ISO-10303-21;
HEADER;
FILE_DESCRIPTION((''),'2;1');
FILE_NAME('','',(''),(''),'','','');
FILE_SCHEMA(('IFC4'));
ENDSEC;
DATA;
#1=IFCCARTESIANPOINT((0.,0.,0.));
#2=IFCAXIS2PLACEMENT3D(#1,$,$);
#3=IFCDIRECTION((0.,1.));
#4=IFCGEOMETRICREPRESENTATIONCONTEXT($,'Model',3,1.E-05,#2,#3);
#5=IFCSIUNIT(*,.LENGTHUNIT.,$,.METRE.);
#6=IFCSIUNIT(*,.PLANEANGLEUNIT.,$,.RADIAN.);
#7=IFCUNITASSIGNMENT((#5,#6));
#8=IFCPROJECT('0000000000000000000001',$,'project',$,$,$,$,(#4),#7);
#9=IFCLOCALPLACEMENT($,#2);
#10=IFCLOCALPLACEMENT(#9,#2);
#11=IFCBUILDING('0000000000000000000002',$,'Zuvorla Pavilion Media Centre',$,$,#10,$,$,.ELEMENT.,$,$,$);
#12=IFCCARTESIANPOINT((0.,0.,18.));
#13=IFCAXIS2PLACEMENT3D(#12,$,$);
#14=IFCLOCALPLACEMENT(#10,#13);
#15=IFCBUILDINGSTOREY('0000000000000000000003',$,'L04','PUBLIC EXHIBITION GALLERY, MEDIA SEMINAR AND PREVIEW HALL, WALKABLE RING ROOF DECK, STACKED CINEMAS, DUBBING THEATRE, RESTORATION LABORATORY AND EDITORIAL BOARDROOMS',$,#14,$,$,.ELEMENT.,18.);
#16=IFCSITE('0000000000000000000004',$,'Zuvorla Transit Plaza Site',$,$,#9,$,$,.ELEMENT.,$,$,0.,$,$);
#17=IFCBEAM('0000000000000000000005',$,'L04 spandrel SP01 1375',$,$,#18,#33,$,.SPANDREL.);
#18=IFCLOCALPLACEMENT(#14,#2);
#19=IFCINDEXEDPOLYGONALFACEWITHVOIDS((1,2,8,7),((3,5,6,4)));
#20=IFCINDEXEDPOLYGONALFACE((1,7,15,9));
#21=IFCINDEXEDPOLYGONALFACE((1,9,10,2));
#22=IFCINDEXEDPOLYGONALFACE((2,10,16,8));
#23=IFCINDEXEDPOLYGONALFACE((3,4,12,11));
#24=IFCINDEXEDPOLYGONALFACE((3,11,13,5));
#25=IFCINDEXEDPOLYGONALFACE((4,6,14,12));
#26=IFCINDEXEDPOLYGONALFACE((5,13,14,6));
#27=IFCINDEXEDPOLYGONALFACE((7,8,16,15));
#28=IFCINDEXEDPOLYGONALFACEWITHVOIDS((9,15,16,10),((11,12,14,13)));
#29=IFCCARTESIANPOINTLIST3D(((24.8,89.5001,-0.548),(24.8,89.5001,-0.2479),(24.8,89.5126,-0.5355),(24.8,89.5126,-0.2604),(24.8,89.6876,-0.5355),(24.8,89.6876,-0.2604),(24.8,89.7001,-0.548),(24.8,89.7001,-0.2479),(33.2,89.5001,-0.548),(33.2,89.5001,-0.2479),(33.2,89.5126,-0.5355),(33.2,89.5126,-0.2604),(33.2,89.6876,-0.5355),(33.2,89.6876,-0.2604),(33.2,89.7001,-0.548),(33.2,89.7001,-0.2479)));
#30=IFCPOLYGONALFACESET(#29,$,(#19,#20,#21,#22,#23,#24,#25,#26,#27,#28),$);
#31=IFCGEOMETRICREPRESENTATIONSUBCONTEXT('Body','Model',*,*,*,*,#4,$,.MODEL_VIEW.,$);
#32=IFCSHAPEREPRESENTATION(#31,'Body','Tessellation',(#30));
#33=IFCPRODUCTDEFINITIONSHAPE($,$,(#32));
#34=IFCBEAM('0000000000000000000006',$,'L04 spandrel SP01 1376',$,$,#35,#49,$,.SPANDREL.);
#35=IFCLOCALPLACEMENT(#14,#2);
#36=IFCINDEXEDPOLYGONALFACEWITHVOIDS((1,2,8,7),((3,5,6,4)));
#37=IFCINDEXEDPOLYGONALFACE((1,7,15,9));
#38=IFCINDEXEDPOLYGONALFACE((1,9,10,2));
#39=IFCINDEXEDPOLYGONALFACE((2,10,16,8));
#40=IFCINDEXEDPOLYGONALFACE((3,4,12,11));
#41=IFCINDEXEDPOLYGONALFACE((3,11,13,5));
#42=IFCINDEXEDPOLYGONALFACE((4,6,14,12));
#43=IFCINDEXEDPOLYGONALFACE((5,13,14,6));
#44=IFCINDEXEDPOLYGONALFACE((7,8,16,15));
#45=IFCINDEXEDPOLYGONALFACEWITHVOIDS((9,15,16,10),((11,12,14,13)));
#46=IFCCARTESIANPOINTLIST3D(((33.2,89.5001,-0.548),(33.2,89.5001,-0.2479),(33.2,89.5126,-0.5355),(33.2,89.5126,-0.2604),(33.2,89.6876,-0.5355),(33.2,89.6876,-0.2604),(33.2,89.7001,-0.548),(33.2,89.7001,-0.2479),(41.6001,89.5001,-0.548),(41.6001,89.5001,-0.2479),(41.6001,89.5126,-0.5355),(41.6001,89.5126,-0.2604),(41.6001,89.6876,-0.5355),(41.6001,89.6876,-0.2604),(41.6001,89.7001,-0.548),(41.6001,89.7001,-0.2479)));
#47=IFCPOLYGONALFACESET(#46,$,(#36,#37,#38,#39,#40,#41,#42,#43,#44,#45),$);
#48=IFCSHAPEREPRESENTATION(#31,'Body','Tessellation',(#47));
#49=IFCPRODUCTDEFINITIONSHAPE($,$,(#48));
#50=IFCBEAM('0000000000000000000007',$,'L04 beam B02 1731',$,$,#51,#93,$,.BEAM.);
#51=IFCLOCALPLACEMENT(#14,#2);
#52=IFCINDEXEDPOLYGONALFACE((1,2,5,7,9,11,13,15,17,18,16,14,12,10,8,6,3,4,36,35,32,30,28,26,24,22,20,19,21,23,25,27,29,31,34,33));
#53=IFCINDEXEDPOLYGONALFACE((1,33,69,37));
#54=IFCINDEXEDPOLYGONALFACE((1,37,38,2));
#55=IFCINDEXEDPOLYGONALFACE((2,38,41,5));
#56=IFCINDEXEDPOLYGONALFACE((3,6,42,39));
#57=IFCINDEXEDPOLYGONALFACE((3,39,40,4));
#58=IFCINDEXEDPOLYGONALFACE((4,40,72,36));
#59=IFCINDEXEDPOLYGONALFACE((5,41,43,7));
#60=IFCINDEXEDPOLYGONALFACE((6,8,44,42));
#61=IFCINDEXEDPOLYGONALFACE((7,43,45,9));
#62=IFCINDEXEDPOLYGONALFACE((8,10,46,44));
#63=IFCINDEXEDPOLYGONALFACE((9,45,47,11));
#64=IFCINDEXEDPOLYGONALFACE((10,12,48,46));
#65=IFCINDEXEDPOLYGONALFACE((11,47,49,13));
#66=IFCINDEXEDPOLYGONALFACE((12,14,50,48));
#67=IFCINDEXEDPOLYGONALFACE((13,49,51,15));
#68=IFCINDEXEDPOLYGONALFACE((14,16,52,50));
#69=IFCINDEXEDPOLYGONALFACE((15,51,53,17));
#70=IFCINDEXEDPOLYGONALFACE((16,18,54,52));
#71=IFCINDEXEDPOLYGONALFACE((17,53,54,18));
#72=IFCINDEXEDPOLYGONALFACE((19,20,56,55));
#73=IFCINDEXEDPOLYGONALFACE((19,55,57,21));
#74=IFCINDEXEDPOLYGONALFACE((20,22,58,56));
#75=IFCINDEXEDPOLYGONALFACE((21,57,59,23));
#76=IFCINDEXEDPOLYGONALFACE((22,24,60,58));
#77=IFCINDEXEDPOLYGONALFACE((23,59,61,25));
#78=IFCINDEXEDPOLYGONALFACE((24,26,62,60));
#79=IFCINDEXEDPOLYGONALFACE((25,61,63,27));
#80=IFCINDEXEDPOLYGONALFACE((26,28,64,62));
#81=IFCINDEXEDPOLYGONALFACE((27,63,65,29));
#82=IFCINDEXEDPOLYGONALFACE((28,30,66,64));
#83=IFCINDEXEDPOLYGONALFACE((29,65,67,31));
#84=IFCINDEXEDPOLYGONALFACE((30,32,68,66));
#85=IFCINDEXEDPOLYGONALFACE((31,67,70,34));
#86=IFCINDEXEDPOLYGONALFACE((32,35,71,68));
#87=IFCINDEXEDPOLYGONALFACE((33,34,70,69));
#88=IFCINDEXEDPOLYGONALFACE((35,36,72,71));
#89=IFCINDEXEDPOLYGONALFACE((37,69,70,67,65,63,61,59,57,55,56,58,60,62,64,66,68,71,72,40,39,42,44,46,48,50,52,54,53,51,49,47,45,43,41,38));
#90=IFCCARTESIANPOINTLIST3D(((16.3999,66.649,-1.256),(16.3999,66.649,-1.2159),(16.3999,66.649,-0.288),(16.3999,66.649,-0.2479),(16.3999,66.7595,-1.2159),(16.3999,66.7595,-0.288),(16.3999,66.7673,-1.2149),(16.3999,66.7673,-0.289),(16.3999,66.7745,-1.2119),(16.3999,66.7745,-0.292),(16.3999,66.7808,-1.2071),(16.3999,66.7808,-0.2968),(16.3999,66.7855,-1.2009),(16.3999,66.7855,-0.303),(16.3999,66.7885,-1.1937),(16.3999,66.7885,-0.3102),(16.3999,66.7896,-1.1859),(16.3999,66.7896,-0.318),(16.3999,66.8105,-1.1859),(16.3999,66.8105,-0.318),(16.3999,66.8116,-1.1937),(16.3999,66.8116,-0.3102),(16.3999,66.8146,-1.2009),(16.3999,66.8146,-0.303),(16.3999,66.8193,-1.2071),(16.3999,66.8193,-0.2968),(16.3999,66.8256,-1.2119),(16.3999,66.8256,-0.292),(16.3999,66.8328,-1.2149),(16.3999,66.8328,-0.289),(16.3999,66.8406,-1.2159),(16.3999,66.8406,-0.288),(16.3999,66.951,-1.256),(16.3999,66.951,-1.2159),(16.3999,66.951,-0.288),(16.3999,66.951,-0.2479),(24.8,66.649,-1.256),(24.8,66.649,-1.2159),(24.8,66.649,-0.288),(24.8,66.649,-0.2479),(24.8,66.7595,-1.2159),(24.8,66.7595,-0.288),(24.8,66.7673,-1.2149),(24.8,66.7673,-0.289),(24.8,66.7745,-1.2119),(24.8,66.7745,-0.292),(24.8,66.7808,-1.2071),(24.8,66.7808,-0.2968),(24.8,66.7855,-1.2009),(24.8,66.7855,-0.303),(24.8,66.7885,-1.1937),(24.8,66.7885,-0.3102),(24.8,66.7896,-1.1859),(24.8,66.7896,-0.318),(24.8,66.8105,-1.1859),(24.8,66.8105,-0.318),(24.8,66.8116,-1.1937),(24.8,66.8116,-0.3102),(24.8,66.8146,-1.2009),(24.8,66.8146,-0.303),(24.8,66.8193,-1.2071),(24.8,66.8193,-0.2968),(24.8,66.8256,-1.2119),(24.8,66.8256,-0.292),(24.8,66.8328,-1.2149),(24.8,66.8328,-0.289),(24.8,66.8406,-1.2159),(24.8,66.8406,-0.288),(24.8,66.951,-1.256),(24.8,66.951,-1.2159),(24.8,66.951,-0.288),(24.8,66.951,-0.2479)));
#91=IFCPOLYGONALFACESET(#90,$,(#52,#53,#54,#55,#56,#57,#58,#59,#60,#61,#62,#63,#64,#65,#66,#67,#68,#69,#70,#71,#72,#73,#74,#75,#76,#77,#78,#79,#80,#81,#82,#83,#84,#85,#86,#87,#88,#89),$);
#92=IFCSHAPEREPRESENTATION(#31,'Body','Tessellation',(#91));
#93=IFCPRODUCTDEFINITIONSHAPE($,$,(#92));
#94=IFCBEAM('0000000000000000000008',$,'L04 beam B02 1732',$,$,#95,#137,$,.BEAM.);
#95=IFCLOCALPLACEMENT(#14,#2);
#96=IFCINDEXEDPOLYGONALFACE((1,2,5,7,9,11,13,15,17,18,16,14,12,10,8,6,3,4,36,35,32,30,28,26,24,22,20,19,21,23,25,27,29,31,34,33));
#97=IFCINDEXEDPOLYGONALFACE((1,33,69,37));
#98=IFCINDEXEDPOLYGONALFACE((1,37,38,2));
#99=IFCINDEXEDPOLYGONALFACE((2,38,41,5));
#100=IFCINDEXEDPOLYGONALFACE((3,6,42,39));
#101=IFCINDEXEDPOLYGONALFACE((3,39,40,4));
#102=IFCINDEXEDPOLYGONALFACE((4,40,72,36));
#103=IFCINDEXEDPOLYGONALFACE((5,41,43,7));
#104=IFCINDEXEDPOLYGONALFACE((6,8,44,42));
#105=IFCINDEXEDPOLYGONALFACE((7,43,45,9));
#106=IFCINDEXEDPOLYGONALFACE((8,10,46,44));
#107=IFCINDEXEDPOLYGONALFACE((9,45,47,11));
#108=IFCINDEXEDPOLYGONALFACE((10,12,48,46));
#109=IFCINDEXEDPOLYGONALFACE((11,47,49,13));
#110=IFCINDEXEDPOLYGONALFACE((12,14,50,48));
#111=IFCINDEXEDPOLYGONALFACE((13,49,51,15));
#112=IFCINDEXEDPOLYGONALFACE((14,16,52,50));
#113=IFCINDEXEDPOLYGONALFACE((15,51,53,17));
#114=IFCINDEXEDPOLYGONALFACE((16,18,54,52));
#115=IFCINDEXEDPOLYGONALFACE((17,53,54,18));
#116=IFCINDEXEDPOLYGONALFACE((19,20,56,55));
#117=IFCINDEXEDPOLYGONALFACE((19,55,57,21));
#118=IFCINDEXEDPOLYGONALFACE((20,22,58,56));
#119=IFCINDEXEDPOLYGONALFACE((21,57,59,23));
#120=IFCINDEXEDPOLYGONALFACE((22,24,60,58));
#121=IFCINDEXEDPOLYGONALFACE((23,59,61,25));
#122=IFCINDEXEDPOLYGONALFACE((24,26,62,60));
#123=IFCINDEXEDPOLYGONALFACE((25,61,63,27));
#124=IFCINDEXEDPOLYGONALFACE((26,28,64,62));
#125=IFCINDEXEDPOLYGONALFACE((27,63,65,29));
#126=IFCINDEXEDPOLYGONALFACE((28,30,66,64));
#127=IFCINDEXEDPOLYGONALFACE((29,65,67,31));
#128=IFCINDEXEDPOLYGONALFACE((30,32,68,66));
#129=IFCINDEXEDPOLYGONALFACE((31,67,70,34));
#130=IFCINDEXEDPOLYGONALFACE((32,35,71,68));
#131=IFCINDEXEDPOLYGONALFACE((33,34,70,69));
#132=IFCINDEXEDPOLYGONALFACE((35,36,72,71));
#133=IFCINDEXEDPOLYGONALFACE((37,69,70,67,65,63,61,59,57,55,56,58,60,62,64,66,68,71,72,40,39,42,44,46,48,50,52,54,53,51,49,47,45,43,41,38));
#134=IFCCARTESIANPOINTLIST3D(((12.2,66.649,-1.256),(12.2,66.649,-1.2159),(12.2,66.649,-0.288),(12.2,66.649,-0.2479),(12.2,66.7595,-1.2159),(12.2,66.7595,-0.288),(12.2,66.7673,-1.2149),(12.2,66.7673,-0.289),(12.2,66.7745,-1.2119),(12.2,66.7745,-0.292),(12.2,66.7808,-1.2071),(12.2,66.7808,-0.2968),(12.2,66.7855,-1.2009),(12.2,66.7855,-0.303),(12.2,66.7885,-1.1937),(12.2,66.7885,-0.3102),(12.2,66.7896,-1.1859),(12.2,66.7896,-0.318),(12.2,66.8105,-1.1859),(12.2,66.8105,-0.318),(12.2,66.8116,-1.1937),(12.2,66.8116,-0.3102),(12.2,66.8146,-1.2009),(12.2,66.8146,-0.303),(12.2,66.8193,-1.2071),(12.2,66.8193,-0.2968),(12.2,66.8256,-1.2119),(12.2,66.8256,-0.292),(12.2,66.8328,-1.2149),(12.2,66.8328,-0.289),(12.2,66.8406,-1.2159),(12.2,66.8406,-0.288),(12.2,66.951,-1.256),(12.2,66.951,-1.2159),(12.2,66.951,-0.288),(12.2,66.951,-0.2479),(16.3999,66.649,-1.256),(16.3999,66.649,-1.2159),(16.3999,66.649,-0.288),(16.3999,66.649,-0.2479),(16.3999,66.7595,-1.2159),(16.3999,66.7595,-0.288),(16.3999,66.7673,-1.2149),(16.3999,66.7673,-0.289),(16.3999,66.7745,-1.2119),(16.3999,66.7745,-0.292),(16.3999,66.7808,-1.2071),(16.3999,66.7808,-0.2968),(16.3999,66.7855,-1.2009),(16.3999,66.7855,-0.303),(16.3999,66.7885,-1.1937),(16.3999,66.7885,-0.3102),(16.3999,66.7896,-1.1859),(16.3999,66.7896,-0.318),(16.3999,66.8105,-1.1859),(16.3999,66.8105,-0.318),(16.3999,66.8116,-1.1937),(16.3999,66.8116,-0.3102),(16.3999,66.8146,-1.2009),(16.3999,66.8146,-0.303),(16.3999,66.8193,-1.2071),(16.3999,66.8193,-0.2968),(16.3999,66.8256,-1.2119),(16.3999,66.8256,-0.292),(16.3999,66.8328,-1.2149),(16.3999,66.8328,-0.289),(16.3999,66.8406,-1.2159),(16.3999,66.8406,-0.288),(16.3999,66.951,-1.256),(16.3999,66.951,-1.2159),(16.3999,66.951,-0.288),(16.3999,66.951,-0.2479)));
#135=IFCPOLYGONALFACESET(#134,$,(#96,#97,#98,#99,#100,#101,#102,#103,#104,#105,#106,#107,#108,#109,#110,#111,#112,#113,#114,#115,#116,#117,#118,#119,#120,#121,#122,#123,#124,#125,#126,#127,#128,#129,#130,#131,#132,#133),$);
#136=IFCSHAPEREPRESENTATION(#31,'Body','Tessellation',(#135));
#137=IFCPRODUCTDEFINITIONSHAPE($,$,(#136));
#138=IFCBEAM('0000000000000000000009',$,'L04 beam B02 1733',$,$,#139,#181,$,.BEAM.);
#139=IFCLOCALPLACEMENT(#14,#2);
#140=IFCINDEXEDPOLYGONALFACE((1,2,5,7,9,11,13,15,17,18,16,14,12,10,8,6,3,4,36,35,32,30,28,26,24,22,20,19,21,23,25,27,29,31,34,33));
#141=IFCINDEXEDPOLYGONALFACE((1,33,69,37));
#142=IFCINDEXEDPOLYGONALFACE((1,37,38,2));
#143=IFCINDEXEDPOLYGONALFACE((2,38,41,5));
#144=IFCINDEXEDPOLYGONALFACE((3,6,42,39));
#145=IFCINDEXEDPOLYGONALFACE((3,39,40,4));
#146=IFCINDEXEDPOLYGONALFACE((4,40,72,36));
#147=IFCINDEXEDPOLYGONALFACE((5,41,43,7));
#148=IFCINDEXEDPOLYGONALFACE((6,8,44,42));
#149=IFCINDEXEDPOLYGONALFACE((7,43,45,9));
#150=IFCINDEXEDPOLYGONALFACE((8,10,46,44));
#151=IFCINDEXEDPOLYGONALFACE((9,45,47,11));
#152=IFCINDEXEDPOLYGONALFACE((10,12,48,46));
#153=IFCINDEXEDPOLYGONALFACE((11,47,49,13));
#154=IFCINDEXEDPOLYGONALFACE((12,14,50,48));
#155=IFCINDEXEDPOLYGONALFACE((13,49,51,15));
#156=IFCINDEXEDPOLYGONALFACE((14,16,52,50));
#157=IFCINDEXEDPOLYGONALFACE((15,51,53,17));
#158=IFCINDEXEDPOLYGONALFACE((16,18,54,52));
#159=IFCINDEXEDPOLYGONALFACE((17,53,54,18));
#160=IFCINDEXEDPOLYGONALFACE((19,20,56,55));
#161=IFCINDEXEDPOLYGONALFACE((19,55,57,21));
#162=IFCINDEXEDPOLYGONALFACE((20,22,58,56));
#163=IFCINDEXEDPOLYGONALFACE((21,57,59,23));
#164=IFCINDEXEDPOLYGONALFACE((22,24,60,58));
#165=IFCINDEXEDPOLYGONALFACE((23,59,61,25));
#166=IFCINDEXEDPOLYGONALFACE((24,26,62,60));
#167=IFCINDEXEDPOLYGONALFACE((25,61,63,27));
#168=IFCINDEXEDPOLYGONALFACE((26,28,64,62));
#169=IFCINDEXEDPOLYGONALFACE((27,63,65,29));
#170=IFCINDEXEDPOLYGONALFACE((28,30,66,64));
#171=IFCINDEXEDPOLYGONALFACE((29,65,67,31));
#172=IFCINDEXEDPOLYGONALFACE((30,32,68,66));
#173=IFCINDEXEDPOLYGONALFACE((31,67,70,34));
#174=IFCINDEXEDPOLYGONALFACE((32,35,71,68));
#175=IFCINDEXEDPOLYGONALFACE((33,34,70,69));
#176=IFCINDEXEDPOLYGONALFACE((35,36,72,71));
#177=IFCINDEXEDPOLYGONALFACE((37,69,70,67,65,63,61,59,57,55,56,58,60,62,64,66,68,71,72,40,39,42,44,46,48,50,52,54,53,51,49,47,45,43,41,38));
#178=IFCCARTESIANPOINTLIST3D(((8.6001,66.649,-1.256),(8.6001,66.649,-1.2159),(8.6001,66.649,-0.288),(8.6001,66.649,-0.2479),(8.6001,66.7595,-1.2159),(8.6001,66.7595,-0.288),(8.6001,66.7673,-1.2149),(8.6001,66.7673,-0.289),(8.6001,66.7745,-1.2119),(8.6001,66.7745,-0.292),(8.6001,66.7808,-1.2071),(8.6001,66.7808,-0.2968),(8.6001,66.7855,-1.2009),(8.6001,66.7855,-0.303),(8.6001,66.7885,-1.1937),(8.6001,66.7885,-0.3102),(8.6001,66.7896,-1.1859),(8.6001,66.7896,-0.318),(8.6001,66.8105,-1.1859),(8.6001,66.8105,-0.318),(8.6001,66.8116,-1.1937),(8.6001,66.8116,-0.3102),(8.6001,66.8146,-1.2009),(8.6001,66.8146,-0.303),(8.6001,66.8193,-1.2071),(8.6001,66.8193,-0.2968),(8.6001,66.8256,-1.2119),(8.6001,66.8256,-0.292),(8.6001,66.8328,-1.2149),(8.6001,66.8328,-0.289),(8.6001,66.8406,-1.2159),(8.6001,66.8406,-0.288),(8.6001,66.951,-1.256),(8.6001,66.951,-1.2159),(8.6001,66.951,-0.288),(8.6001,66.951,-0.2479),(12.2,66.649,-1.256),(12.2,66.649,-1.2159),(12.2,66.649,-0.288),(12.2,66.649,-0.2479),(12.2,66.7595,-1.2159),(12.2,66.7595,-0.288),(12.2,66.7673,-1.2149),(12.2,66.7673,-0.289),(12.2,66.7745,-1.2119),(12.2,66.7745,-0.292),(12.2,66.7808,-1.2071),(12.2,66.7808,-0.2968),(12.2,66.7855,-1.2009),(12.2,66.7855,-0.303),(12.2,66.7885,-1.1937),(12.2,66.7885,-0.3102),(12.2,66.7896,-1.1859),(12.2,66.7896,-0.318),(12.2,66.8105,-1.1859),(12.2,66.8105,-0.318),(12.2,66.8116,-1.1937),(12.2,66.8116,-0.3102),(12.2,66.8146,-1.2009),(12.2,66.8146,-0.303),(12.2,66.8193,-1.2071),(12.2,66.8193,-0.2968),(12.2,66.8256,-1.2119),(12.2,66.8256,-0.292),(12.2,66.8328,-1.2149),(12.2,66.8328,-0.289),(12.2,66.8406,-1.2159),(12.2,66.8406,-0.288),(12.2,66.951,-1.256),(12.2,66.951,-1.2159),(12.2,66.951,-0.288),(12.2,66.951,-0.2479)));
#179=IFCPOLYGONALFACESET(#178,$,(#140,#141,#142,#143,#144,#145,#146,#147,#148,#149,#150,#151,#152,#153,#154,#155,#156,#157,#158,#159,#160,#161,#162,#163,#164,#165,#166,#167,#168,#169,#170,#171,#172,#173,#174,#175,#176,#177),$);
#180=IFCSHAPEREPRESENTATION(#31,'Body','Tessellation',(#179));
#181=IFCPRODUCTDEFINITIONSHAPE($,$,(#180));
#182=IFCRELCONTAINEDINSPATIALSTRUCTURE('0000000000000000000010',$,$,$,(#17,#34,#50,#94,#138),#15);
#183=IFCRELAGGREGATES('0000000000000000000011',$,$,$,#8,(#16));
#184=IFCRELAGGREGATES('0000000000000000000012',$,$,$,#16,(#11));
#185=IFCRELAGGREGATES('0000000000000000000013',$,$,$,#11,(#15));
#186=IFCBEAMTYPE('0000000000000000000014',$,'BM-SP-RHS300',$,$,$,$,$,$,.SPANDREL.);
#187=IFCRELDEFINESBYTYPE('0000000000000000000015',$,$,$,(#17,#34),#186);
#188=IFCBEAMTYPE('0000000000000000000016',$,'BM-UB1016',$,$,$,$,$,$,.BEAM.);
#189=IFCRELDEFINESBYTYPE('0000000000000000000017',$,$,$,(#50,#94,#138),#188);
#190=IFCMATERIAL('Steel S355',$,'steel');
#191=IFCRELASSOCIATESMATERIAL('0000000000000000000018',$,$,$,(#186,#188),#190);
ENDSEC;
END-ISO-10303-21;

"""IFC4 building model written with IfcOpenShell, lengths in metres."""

from ifc_helpers import new_model, si_unit, direction, frame, origin, origin_2d, place, context, subcontext, project, spatial, hollow_rectangle, i_section, extrude, material, material_profile, profile_set, type_object, element, save


model = new_model("IFC4")

# Units and contexts
model_context = context("Model", 3, precision=1e-05, world=origin(), true_north=direction((0.0, 1.0)))
body_context = subcontext(model_context, "Body", "Model", "MODEL_VIEW")
ifc_project = project(units=[si_unit("LENGTHUNIT", "METRE"), si_unit("PLANEANGLEUNIT", "RADIAN")], contexts=[model_context])

# Site, building, storey
site_placement = place(None, origin())
site = spatial("IfcSite", under=ifc_project, at=site_placement, Name="Zuvorla Transit Plaza Site", CompositionType="ELEMENT", RefElevation=0.0)
building_placement = place(site_placement, origin())
building = spatial("IfcBuilding", under=site, at=building_placement, Name="Zuvorla Pavilion Media Centre", CompositionType="ELEMENT")
storey_placement = place(building_placement, frame((0.0, 0.0, 18.0)))
storey = spatial("IfcBuildingStorey", under=building, at=storey_placement, Name="L04", Description="PUBLIC EXHIBITION GALLERY, MEDIA SEMINAR AND PREVIEW HALL, WALKABLE RING ROOF DECK, STACKED CINEMAS, DUBBING THEATRE, RESTORATION LABORATORY AND EDITORIAL BOARDROOMS", CompositionType="ELEMENT", Elevation=18.0)

# Beams
ifc_material = material(Name="Steel S355", Category="steel")
ifc_material_profile_1 = material_profile(ifc_material, hollow_rectangle(XDim=0.2, YDim=0.3, WallThickness=0.0125, at=origin_2d()), Name="RHS 300x200x12.5")
ifc_profile_set_1 = profile_set([ifc_material_profile_1], Name="Steel S355")
beam_type_1 = type_object("IfcBeamType", Name="BM-SP-RHS300", PredefinedType="SPANDREL", material=ifc_profile_set_1)
beam_1_placement = place(storey_placement, frame((24.8, 89.6001, -0.3979), z_axis=(1.0, 0.0, 0.0), x_axis=(0.0, 1.0, 0.0)))
element("IfcBeam", 1, at=beam_1_placement, inside=storey, type_object=beam_type_1, Name="L04 spandrel SP01 1375", PredefinedType="SPANDREL", context=body_context, shape_type="SweptSolid", body=[
    extrude(hollow_rectangle(XDim=0.2, YDim=0.3, WallThickness=0.0125, at=origin_2d()), origin(), (0.0, 0.0, 1.0), 8.3999),
])
beam_2_placement = place(storey_placement, frame((33.2, 89.6001, -0.3979), z_axis=(1.0, 0.0, 0.0), x_axis=(0.0, 1.0, 0.0)))
element("IfcBeam", 2, at=beam_2_placement, inside=storey, type_object=beam_type_1, Name="L04 spandrel SP01 1376", PredefinedType="SPANDREL", context=body_context, shape_type="SweptSolid", body=[
    extrude(hollow_rectangle(XDim=0.2, YDim=0.3, WallThickness=0.0125, at=origin_2d()), origin(), (0.0, 0.0, 1.0), 8.4001),
])
ifc_material_profile_2 = material_profile(ifc_material, i_section(OverallWidth=0.302, OverallDepth=1.0081, WebThickness=0.021, FlangeThickness=0.04, FilletRadius=0.03, at=origin_2d()), Name="UB 1016x305x349")
ifc_profile_set_2 = profile_set([ifc_material_profile_2], Name="Steel S355")
beam_type_2 = type_object("IfcBeamType", Name="BM-UB1016", PredefinedType="BEAM", material=ifc_profile_set_2)
beam_3_placement = place(storey_placement, frame((24.8, 66.8, -0.752), z_axis=(-1.0, 0.0, 0.0), x_axis=(0.0, -1.0, 0.0)))
element("IfcBeam", 3, at=beam_3_placement, inside=storey, type_object=beam_type_2, Name="L04 beam B02 1731", PredefinedType="BEAM", context=body_context, shape_type="SweptSolid", body=[
    extrude(i_section(OverallWidth=0.302, OverallDepth=1.0081, WebThickness=0.021, FlangeThickness=0.04, FilletRadius=0.03, at=origin_2d()), origin(), (0.0, 0.0, 1.0), 8.4001),
])
beam_4_placement = place(storey_placement, frame((16.3999, 66.8, -0.752), z_axis=(-1.0, 0.0, 0.0), x_axis=(0.0, -1.0, 0.0)))
element("IfcBeam", 4, at=beam_4_placement, inside=storey, type_object=beam_type_2, Name="L04 beam B02 1732", PredefinedType="BEAM", context=body_context, shape_type="SweptSolid", body=[
    extrude(i_section(OverallWidth=0.302, OverallDepth=1.0081, WebThickness=0.021, FlangeThickness=0.04, FilletRadius=0.03, at=origin_2d()), origin(), (0.0, 0.0, 1.0), 4.2),
])
beam_5_placement = place(storey_placement, frame((12.2, 66.8, -0.752), z_axis=(-1.0, 0.0, 0.0), x_axis=(0.0, -1.0, 0.0)))
element("IfcBeam", 5, at=beam_5_placement, inside=storey, type_object=beam_type_2, Name="L04 beam B02 1733", PredefinedType="BEAM", context=body_context, shape_type="SweptSolid", body=[
    extrude(i_section(OverallWidth=0.302, OverallDepth=1.0081, WebThickness=0.021, FlangeThickness=0.04, FilletRadius=0.03, at=origin_2d()), origin(), (0.0, 0.0, 1.0), 3.5999),
])

save(model, "model.ifc")
